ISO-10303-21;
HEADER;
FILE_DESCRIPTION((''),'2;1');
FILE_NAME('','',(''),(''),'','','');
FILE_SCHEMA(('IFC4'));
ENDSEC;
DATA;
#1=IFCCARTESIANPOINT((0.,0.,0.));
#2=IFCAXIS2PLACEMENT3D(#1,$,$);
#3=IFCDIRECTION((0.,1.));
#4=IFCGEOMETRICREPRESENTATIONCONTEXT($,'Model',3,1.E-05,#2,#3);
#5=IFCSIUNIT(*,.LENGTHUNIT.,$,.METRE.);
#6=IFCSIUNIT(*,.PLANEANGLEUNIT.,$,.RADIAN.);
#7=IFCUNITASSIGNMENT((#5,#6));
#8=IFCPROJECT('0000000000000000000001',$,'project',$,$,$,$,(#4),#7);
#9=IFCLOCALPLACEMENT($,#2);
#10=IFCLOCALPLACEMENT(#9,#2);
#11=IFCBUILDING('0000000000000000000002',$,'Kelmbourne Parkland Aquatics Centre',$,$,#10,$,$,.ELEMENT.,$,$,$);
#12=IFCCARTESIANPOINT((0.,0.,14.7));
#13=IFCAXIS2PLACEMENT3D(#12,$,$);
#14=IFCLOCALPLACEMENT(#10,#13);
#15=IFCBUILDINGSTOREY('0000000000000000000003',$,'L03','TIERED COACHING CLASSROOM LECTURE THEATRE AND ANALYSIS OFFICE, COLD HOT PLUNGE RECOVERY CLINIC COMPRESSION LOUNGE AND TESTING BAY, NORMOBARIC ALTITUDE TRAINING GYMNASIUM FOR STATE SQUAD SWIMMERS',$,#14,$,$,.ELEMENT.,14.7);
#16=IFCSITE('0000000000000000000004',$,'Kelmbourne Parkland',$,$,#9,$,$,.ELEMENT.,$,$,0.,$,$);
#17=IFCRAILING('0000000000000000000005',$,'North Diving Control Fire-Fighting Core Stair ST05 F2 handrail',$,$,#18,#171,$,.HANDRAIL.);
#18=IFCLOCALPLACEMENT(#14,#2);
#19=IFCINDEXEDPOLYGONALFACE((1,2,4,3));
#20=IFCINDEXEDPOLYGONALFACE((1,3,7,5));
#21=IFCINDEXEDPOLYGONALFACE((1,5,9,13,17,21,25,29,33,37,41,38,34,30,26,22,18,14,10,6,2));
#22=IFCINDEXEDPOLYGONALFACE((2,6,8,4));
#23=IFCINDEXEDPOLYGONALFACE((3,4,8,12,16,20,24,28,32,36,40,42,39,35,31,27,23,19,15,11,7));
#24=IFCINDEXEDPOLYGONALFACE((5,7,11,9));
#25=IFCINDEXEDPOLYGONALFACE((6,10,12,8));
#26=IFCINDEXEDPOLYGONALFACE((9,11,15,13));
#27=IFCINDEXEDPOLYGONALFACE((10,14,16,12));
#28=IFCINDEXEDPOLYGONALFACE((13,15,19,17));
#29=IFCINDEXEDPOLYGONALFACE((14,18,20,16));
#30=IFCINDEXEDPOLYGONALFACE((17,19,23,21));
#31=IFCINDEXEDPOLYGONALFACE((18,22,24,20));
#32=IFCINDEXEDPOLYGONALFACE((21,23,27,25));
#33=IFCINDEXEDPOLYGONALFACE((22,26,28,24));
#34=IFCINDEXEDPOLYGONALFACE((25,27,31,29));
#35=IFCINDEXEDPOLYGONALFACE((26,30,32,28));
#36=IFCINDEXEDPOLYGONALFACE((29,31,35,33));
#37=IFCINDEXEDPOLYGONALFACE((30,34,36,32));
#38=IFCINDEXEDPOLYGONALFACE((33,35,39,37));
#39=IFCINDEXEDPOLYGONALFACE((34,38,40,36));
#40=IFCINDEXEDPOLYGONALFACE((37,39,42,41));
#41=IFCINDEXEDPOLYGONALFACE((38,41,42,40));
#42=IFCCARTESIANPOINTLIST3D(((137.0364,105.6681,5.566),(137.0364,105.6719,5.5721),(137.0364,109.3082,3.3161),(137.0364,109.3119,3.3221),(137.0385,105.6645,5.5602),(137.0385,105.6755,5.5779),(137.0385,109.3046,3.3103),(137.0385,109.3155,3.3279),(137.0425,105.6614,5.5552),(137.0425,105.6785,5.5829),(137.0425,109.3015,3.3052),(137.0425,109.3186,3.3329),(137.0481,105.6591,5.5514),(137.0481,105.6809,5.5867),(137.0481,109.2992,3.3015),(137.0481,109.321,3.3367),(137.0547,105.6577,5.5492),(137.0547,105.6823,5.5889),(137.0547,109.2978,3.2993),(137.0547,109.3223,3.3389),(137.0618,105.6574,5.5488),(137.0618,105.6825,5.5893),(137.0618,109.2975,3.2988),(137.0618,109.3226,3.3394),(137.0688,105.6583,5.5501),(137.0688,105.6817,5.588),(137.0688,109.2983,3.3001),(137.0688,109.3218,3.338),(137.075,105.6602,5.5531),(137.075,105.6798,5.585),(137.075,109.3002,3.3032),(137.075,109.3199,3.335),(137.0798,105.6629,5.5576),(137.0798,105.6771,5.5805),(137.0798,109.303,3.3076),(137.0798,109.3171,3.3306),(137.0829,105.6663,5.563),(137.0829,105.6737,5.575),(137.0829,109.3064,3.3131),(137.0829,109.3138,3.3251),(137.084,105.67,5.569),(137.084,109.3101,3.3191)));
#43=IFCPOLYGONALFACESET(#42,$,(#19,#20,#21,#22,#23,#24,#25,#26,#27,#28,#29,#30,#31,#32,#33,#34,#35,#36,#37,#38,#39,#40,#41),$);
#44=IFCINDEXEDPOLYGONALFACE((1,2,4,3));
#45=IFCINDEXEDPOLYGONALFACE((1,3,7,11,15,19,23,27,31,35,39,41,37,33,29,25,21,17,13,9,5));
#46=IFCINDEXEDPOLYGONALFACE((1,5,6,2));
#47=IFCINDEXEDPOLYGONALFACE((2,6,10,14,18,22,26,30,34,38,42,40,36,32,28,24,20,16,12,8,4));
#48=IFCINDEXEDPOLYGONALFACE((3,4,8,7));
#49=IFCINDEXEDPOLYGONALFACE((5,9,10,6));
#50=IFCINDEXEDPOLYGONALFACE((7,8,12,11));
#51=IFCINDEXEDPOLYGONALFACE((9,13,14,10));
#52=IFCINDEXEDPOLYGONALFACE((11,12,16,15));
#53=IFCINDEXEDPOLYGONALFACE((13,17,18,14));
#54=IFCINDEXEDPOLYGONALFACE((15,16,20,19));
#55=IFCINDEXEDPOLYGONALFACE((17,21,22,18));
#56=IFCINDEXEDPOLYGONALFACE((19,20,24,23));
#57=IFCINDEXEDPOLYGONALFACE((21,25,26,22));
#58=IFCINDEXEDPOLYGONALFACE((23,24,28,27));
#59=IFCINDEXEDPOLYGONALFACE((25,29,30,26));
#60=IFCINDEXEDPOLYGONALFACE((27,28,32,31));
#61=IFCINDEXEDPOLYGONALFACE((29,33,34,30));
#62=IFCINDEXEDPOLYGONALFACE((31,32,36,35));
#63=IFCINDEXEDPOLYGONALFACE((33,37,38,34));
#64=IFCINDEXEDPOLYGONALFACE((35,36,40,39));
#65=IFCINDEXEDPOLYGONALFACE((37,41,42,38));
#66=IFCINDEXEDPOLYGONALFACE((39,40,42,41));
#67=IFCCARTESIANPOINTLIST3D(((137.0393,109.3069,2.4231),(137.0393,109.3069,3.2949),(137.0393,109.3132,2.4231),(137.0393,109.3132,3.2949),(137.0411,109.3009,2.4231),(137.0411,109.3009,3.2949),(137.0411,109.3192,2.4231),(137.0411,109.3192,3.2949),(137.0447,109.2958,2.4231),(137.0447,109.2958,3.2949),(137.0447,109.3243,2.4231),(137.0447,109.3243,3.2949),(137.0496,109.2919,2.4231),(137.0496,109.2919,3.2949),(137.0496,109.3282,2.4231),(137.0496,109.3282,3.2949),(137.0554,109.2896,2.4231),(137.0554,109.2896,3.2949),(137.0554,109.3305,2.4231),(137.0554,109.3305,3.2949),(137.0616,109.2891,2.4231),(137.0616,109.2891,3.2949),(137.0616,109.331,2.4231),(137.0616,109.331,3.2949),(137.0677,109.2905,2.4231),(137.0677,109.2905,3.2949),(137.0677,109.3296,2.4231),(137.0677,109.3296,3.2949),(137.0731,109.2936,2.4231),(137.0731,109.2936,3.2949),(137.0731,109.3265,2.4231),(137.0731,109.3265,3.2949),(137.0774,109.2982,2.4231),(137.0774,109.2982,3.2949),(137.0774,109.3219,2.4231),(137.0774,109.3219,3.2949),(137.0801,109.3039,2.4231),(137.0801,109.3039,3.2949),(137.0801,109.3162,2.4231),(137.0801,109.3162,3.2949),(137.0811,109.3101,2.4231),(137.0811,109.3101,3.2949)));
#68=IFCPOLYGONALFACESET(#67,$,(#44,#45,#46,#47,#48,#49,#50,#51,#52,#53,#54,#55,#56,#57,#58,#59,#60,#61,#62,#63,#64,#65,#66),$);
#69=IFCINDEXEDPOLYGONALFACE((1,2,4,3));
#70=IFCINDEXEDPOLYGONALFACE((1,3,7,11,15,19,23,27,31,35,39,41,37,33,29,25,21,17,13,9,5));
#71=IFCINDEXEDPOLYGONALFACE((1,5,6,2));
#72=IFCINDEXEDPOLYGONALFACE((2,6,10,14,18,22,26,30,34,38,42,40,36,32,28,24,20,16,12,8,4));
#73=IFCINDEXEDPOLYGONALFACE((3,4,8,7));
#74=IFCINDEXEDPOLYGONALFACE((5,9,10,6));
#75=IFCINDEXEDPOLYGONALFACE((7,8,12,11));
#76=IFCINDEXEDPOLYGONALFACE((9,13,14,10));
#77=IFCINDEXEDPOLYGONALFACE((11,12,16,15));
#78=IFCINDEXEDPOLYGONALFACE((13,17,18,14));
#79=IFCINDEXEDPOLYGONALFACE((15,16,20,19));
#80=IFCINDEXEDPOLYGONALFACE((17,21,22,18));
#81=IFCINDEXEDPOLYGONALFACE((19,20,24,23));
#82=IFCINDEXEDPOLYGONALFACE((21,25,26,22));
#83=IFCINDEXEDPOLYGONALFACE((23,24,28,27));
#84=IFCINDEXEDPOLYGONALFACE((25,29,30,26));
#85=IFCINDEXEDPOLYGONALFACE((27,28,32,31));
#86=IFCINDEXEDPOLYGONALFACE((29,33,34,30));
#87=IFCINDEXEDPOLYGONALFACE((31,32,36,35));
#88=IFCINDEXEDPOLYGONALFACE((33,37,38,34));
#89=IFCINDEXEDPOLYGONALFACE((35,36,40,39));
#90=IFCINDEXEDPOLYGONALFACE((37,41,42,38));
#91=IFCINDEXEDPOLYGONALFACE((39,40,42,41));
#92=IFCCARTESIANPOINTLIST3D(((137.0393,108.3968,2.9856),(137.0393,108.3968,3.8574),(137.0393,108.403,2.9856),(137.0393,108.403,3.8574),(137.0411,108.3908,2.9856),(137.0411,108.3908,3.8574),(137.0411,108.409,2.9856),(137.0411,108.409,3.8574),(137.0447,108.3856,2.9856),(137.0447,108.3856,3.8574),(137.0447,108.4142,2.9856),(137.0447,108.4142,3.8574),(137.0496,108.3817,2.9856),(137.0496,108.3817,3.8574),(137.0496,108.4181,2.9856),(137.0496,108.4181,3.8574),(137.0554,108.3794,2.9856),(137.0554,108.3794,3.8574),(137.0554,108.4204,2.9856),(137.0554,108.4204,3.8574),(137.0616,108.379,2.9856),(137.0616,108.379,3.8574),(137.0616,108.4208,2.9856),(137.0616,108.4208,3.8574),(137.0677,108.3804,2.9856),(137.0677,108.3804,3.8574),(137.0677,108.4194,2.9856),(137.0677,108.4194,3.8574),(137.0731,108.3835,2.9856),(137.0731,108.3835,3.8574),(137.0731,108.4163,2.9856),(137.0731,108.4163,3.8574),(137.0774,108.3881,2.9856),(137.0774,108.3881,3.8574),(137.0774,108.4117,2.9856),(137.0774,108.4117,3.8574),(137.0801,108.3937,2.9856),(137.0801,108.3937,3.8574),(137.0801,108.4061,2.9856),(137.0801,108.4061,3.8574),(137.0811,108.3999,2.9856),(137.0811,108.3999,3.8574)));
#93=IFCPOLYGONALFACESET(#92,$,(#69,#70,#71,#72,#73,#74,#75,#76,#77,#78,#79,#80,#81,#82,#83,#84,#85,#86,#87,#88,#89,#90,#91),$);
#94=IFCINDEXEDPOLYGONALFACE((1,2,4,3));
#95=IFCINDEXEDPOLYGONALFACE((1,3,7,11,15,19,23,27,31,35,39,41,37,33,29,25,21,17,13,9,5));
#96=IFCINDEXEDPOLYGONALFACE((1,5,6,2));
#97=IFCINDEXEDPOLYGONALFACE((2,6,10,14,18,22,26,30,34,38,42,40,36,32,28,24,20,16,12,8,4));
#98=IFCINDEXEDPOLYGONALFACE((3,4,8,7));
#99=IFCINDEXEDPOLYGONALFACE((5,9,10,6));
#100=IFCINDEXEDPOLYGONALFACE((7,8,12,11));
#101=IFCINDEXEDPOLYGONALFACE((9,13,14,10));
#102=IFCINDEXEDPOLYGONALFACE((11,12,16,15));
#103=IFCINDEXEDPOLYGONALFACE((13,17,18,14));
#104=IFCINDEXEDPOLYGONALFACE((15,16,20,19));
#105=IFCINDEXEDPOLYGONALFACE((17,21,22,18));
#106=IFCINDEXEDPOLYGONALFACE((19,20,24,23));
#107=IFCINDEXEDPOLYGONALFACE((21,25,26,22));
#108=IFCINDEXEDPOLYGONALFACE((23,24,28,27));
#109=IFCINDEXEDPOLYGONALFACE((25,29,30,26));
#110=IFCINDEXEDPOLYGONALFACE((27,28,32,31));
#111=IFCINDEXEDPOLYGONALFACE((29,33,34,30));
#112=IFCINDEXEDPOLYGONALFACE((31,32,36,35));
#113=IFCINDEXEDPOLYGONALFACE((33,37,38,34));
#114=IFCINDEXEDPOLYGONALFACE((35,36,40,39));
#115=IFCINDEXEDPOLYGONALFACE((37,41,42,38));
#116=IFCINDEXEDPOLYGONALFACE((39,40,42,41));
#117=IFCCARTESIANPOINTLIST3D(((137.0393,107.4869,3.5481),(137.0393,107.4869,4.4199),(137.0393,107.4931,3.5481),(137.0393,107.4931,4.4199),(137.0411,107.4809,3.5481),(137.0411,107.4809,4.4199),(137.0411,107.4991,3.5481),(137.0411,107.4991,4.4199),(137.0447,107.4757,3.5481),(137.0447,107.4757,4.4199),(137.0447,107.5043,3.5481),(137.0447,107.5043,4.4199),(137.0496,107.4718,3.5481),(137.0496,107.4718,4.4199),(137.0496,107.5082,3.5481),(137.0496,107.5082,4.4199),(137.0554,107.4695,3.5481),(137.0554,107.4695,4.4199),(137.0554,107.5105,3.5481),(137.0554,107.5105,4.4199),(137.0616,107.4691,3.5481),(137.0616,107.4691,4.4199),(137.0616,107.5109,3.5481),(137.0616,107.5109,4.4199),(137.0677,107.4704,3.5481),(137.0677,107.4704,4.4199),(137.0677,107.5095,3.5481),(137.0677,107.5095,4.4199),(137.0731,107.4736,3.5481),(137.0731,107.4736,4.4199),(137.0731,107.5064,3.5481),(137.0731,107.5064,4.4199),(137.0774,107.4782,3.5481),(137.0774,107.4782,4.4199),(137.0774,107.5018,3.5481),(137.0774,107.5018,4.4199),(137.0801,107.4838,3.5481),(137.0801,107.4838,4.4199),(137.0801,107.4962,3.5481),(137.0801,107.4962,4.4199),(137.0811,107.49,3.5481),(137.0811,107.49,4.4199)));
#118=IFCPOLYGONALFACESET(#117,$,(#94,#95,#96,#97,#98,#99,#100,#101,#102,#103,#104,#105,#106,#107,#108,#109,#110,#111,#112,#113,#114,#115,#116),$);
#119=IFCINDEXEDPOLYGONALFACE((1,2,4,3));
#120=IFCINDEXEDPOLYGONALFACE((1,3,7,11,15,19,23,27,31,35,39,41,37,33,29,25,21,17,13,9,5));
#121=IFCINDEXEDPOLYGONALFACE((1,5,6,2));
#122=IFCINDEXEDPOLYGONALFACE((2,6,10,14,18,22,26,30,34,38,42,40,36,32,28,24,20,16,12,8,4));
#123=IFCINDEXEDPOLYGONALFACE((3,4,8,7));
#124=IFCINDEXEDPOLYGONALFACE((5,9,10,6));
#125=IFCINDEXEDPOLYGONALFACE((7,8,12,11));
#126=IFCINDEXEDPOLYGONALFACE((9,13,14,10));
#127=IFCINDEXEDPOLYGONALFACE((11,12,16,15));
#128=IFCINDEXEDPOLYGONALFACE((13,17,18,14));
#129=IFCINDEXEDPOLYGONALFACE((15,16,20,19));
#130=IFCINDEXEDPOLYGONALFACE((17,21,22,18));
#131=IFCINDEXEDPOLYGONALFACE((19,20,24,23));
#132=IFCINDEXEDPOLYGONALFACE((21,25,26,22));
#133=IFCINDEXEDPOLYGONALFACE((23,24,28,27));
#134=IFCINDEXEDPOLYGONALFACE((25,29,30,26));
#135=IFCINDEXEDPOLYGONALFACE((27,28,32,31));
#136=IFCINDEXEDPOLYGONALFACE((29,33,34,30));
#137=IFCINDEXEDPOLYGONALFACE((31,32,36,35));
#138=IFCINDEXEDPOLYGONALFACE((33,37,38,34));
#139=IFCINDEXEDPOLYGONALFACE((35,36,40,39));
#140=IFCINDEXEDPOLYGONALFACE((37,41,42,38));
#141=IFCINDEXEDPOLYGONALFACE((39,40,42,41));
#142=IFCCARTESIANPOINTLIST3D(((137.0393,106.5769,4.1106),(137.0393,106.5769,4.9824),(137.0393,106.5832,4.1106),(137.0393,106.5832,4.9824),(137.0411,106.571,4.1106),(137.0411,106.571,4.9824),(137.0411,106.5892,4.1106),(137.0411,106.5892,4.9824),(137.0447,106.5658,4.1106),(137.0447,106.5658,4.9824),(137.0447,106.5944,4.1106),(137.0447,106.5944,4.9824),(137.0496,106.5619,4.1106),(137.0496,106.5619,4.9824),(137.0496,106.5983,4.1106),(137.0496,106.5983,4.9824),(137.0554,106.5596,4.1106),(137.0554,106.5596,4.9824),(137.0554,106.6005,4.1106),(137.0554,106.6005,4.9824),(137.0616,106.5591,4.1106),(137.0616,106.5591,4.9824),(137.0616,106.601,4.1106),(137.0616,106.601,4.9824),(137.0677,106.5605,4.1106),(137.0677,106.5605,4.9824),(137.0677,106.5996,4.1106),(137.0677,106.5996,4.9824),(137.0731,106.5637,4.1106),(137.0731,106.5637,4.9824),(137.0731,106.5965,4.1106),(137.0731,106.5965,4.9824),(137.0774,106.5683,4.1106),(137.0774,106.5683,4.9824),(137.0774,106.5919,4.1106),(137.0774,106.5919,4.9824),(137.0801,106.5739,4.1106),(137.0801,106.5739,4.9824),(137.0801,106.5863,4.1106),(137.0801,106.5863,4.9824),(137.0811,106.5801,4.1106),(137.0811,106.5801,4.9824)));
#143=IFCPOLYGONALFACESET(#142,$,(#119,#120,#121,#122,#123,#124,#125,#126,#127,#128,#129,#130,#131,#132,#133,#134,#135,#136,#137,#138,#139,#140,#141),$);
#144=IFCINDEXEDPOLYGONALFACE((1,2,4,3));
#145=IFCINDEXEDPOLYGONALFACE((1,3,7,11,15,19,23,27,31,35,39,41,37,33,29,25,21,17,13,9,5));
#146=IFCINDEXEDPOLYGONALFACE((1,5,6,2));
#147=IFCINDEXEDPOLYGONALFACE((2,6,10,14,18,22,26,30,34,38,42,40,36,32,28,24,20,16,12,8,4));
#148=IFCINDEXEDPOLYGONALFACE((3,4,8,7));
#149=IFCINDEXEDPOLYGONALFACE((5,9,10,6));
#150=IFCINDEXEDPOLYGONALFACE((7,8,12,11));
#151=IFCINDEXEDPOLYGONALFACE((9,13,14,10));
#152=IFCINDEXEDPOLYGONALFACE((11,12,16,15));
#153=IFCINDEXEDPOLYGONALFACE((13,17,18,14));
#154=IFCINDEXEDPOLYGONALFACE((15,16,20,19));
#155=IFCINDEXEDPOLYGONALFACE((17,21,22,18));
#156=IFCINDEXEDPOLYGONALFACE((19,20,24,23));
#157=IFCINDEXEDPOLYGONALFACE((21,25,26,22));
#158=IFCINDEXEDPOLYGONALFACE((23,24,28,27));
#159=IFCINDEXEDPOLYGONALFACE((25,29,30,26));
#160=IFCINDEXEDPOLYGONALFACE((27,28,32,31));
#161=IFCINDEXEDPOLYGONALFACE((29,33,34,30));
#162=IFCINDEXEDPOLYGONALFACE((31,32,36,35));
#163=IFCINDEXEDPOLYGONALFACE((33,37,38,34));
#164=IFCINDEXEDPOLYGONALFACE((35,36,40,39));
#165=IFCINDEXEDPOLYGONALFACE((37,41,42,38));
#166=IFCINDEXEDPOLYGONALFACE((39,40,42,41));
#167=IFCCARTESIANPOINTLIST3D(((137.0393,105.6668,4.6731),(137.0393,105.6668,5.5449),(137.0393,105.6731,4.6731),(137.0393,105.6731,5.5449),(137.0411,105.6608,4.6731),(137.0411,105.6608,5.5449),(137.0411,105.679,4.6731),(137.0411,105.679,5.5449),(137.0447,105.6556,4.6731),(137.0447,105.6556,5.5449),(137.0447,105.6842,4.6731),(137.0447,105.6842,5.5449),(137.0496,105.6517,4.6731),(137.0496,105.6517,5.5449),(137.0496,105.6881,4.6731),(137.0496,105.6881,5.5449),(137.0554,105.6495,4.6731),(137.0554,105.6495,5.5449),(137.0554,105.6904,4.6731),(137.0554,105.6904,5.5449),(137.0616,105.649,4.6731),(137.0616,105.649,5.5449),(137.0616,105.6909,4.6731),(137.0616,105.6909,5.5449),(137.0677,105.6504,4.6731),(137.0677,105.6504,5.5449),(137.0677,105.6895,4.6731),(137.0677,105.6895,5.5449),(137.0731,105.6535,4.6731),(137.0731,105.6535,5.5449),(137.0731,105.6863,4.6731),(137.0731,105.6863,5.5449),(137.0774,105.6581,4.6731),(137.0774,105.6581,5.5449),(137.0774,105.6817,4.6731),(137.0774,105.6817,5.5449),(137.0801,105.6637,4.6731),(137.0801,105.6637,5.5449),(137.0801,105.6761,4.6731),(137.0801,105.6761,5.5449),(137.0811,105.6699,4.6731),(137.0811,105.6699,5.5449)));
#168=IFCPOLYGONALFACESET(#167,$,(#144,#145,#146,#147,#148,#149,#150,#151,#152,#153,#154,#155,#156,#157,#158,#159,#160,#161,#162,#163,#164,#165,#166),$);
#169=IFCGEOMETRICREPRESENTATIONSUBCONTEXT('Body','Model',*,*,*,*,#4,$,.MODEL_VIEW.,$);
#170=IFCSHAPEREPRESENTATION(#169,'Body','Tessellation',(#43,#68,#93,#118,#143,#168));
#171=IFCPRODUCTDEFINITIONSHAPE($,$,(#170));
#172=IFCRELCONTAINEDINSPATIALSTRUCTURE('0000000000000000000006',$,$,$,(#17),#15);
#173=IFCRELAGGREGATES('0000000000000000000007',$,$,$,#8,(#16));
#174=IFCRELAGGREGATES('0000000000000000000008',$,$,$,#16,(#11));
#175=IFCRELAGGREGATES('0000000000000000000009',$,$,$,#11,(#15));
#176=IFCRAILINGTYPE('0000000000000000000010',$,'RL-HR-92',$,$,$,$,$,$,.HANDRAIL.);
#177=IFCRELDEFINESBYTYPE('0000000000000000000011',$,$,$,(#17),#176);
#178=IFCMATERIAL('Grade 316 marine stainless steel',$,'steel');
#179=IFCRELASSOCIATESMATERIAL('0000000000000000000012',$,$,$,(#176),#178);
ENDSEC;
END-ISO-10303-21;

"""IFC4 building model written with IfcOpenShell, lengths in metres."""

from ifc_helpers import new_model, si_unit, direction, frame, origin, origin_2d, place, context, subcontext, project, spatial, circle, extrude, material, type_object, element, save


model = new_model("IFC4")

# Units and contexts
model_context = context("Model", 3, precision=1e-05, world=origin(), true_north=direction((0.0, 1.0)))
body_context = subcontext(model_context, "Body", "Model", "MODEL_VIEW")
ifc_project = project(units=[si_unit("LENGTHUNIT", "METRE"), si_unit("PLANEANGLEUNIT", "RADIAN")], contexts=[model_context])

# Site, building, storey
site_placement = place(None, origin())
site = spatial("IfcSite", under=ifc_project, at=site_placement, Name="Kelmbourne Parkland", CompositionType="ELEMENT", RefElevation=0.0)
building_placement = place(site_placement, origin())
building = spatial("IfcBuilding", under=site, at=building_placement, Name="Kelmbourne Parkland Aquatics Centre", CompositionType="ELEMENT")
storey_placement = place(building_placement, frame((0.0, 0.0, 14.7)))
storey = spatial("IfcBuildingStorey", under=building, at=storey_placement, Name="L03", Description="TIERED COACHING CLASSROOM LECTURE THEATRE AND ANALYSIS OFFICE, COLD HOT PLUNGE RECOVERY CLINIC COMPRESSION LOUNGE AND TESTING BAY, NORMOBARIC ALTITUDE TRAINING GYMNASIUM FOR STATE SQUAD SWIMMERS", CompositionType="ELEMENT", Elevation=14.7)

# Railing
ifc_material_1 = material(Name="Grade 316 marine stainless steel", Category="steel")
railing_type = type_object("IfcRailingType", Name="RL-HR-92", PredefinedType="HANDRAIL", material=ifc_material_1)
railing_placement = place(storey_placement, frame((137.0601, 109.3101, 2.4231)))
element("IfcRailing", 1, at=railing_placement, inside=storey, type_object=railing_type, Name="North Diving Control Fire-Fighting Core Stair ST05 F2 handrail", PredefinedType="HANDRAIL", context=body_context, shape_type="SweptSolid", body=[
    extrude(circle(Radius=0.0239, at=origin_2d()), frame((0.0, 0.0, 0.896), z_axis=(0.0, -0.850622, 0.525777), x_axis=(1.0, 0.0, 0.0)), (0.0, 0.0, 1.0), 4.2793),
    extrude(circle(Radius=0.021, at=origin_2d()), origin(), (0.0, 0.0, 1.0), 0.8718),
    extrude(circle(Radius=0.021, at=origin_2d()), frame((0.0, -0.9102, 0.5625)), (0.0, 0.0, 1.0), 0.8718),
    extrude(circle(Radius=0.021, at=origin_2d()), frame((0.0, -1.8201, 1.125)), (0.0, 0.0, 1.0), 0.8718),
    extrude(circle(Radius=0.021, at=origin_2d()), frame((0.0, -2.73, 1.6875)), (0.0, 0.0, 1.0), 0.8718),
    extrude(circle(Radius=0.021, at=origin_2d()), frame((0.0, -3.6401, 2.25)), (0.0, 0.0, 1.0), 0.8718),
])

save(model, "model.ifc")
